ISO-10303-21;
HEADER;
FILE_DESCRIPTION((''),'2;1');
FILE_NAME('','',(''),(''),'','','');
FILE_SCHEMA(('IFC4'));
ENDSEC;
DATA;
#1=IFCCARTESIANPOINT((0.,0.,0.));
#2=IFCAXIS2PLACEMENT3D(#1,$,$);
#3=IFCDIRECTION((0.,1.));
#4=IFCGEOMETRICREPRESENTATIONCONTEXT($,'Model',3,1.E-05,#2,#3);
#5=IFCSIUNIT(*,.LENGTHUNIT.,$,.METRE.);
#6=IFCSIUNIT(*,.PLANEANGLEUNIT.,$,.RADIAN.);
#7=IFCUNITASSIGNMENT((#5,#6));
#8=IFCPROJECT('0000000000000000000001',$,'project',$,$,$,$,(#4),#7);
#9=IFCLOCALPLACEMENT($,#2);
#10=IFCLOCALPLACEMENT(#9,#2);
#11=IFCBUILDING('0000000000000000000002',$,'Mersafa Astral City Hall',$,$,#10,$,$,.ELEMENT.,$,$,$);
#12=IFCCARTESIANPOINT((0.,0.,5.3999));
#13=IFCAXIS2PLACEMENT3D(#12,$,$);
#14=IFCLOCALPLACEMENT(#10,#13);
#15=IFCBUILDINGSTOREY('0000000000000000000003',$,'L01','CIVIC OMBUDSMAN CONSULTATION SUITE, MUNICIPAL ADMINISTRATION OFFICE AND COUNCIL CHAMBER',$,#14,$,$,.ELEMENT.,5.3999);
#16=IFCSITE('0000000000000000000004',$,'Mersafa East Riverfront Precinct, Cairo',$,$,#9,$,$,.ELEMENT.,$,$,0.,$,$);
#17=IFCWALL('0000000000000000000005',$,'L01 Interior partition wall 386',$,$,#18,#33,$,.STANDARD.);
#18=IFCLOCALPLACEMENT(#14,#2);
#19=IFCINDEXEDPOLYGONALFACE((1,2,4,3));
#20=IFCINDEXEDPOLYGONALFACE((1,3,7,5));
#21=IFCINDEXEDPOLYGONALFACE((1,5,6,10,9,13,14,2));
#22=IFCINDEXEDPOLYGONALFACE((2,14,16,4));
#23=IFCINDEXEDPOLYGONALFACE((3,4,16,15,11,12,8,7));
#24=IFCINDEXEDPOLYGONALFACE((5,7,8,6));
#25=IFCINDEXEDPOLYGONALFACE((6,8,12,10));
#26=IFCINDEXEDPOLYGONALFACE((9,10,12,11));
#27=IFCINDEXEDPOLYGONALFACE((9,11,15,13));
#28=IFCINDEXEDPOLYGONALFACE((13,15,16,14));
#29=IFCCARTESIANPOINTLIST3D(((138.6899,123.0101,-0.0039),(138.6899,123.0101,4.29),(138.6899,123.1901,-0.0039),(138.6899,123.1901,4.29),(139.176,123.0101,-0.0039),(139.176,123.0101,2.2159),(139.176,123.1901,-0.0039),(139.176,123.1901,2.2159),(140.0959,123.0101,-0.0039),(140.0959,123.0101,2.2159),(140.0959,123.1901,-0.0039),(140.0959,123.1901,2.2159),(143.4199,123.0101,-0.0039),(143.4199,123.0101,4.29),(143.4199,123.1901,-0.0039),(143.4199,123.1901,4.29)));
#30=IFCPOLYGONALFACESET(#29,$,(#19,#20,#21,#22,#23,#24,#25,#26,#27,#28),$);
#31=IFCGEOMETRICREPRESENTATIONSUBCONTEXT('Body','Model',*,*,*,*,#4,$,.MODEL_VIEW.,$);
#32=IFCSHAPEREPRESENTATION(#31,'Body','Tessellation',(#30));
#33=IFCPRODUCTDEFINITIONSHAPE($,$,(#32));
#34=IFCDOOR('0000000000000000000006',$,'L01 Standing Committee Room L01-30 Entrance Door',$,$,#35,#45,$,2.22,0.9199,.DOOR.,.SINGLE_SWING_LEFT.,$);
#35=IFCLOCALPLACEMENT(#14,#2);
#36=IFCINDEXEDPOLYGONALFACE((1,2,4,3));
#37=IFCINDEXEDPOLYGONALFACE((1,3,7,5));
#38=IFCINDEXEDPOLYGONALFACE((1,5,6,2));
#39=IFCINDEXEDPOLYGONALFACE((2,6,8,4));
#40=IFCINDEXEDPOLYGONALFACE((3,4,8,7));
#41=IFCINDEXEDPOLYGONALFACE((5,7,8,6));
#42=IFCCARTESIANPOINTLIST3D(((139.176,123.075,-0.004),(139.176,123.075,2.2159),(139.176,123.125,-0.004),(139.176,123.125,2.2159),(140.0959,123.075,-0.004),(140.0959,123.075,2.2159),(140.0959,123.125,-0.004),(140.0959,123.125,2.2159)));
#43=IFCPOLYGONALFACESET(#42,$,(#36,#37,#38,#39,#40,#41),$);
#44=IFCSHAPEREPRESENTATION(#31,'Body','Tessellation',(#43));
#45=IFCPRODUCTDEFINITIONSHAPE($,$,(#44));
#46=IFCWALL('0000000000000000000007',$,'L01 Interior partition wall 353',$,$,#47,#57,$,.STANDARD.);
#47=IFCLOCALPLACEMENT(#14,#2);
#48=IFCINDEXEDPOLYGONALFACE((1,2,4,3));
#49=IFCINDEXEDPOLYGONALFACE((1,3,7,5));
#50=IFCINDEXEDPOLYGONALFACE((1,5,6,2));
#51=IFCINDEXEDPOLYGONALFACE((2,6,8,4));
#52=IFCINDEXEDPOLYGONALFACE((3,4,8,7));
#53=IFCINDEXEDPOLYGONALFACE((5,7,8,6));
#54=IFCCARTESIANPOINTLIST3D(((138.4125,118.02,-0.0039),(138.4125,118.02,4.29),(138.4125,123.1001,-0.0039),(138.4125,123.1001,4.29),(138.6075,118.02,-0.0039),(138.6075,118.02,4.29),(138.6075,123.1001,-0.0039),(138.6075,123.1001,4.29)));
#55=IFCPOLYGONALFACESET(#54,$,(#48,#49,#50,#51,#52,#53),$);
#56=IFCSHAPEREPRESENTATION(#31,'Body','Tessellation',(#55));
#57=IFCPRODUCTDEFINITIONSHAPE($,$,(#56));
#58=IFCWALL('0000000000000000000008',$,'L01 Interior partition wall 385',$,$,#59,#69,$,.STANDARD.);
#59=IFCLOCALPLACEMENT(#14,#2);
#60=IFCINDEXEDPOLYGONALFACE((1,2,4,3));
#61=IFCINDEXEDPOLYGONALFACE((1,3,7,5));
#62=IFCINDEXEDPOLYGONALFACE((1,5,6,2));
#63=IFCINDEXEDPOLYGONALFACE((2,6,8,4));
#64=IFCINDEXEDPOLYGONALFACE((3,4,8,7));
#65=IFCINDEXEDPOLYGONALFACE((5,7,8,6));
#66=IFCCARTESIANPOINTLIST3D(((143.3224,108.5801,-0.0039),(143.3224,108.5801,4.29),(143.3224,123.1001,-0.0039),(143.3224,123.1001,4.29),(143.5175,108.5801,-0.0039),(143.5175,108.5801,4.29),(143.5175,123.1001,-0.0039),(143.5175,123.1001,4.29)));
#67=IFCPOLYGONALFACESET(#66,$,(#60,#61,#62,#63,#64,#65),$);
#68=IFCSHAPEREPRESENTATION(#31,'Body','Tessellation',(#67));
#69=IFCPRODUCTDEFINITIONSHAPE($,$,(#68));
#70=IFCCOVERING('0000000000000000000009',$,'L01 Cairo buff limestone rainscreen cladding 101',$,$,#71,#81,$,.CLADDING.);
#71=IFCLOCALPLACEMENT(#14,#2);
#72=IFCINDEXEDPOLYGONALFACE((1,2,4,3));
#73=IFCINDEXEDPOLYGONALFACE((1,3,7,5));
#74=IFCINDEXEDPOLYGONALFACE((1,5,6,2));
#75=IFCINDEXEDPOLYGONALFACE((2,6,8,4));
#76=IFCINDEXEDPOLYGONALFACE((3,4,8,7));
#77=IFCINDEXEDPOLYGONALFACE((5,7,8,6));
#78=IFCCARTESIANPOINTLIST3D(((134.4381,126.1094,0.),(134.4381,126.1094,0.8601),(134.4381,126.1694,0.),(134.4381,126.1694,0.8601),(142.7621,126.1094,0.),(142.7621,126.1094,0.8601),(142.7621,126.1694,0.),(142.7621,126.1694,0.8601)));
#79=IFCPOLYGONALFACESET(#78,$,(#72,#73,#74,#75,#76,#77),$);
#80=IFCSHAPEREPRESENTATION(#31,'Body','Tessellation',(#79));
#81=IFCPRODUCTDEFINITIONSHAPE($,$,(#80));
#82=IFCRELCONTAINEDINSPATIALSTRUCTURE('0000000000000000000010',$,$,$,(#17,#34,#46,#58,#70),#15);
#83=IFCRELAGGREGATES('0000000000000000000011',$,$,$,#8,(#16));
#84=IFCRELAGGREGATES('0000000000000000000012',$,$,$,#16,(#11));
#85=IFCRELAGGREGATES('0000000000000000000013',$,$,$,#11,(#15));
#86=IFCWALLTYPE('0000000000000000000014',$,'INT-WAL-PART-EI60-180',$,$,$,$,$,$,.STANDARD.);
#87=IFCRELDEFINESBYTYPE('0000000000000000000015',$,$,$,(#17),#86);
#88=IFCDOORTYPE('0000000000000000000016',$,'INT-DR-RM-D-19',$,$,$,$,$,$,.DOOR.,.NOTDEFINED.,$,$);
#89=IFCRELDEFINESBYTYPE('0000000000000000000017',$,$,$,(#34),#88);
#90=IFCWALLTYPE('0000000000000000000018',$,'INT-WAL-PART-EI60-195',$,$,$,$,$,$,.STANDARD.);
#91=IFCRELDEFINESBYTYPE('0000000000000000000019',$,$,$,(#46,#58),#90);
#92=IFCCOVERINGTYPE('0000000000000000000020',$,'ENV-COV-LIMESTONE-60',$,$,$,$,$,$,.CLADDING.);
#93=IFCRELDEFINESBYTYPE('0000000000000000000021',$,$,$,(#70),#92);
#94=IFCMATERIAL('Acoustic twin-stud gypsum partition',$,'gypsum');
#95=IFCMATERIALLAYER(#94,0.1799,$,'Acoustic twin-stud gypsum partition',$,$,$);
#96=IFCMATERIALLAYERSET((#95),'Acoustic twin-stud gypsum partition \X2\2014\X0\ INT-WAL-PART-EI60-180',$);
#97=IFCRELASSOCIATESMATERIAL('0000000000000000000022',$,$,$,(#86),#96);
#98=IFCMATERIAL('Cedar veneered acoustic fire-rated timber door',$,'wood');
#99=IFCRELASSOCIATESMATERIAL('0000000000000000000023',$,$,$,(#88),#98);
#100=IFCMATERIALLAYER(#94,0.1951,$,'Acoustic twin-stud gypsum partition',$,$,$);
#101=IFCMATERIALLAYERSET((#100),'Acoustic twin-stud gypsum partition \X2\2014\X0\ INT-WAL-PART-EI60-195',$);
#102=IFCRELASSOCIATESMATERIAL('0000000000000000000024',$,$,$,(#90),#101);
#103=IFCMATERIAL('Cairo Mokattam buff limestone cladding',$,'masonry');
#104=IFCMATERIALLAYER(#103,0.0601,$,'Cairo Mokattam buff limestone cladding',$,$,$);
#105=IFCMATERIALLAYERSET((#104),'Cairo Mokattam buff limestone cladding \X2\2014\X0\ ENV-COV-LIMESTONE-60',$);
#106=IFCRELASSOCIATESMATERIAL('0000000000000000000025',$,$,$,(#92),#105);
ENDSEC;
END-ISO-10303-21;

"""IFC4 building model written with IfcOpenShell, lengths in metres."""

from ifc_helpers import new_model, si_unit, direction, frame, frame_2d, origin, origin_2d, place, context, subcontext, project, spatial, rectangle, extrude, material, layer, layer_set, type_object, element, fill, save


model = new_model("IFC4")

# Units and contexts
model_context = context("Model", 3, precision=1e-05, world=origin(), true_north=direction((0.0, 1.0)))
body_context = subcontext(model_context, "Body", "Model", "MODEL_VIEW")
ifc_project = project(units=[si_unit("LENGTHUNIT", "METRE"), si_unit("PLANEANGLEUNIT", "RADIAN")], contexts=[model_context])

# Site, building, storey
site_placement = place(None, origin())
site = spatial("IfcSite", under=ifc_project, at=site_placement, Name="Mersafa East Riverfront Precinct, Cairo", CompositionType="ELEMENT", RefElevation=0.0)
building_placement = place(site_placement, origin())
building = spatial("IfcBuilding", under=site, at=building_placement, Name="Mersafa Astral City Hall", CompositionType="ELEMENT")
storey_placement = place(building_placement, frame((0.0, 0.0, 5.3999)))
storey = spatial("IfcBuildingStorey", under=building, at=storey_placement, Name="L01", Description="CIVIC OMBUDSMAN CONSULTATION SUITE, MUNICIPAL ADMINISTRATION OFFICE AND COUNCIL CHAMBER", CompositionType="ELEMENT", Elevation=5.3999)

# Wall, opening, door
ifc_material_1 = material(Name="Acoustic twin-stud gypsum partition", Category="gypsum")
ifc_layer_1 = layer(ifc_material_1, 0.1799, Name="Acoustic twin-stud gypsum partition")
ifc_layer_set_1 = layer_set([ifc_layer_1], Name="Acoustic twin-stud gypsum partition — INT-WAL-PART-EI60-180")
wall_type_1 = type_object("IfcWallType", Name="INT-WAL-PART-EI60-180", PredefinedType="STANDARD", material=ifc_layer_set_1)
ifc_material_2 = material(Name="Cedar veneered acoustic fire-rated timber door", Category="wood")
wall_1_placement = place(storey_placement, frame((138.6899, 123.1001, -0.0039), z_axis=(0.0, 0.0, 1.0), x_axis=(1.0, 0.0, 0.0)))
wall_1 = element("IfcWall", 1, at=wall_1_placement, inside=storey, type_object=wall_type_1, Name="L01 Interior partition wall 386", PredefinedType="STANDARD", context=body_context, shape_type="SweptSolid", body=[
    extrude(rectangle(XDim=4.73, YDim=0.1799, at=frame_2d((2.365, 0.0))), origin(), (0.0, 0.0, 1.0), 4.2939),
])
opening_1_placement = place(wall_1_placement, frame((0.4861, 0.0, 0.0)))
opening_1 = element("IfcOpeningElement", 2, at=opening_1_placement, cuts=wall_1, PredefinedType="OPENING", context=body_context, shape_type="SweptSolid", body=[
    extrude(rectangle(XDim=0.9199, YDim=2.22, at=frame_2d((0.46, 1.1099))), frame((0.0, 0.0999, 0.0), z_axis=(0.0, -1.0, 0.0), x_axis=(1.0, 0.0, 0.0)), (0.0, 0.0, 1.0), 0.2),
])
door_type_1 = type_object("IfcDoorType", Name="INT-DR-RM-D-19", OperationType="NOTDEFINED", PredefinedType="DOOR", material=ifc_material_2)
door_1_placement = place(opening_1_placement, origin())
door_1 = element("IfcDoor", 3, at=door_1_placement, inside=storey, type_object=door_type_1, Name="L01 Standing Committee Room L01-30 Entrance Door", OperationType="SINGLE_SWING_LEFT", OverallHeight=2.22, OverallWidth=0.9199, PredefinedType="DOOR", context=body_context, shape_type="SweptSolid", body=[
    extrude(rectangle(XDim=0.9199, YDim=2.22, at=frame_2d((0.46, 1.1099))), frame((0.0, 0.0249, 0.0), z_axis=(0.0, -1.0, 0.0), x_axis=(1.0, 0.0, 0.0)), (0.0, 0.0, 1.0), 0.05),
])
fill(opening_1, door_1)

# Walls
ifc_layer_2 = layer(ifc_material_1, 0.1951, Name="Acoustic twin-stud gypsum partition")
ifc_layer_set_2 = layer_set([ifc_layer_2], Name="Acoustic twin-stud gypsum partition — INT-WAL-PART-EI60-195")
wall_type_2 = type_object("IfcWallType", Name="INT-WAL-PART-EI60-195", PredefinedType="STANDARD", material=ifc_layer_set_2)
wall_2_placement = place(storey_placement, frame((138.51, 123.1001, -0.0039), z_axis=(0.0, 0.0, 1.0), x_axis=(0.0, -1.0, 0.0)))
element("IfcWall", 4, at=wall_2_placement, inside=storey, type_object=wall_type_2, Name="L01 Interior partition wall 353", PredefinedType="STANDARD", context=body_context, shape_type="SweptSolid", body=[
    extrude(rectangle(XDim=5.0801, YDim=0.1951, at=frame_2d((2.54, 0.0))), origin(), (0.0, 0.0, 1.0), 4.2939),
])
wall_3_placement = place(storey_placement, frame((143.4199, 123.1001, -0.0039), z_axis=(0.0, 0.0, 1.0), x_axis=(0.0, -1.0, 0.0)))
element("IfcWall", 5, at=wall_3_placement, inside=storey, type_object=wall_type_2, Name="L01 Interior partition wall 385", PredefinedType="STANDARD", context=body_context, shape_type="SweptSolid", body=[
    extrude(rectangle(XDim=14.52, YDim=0.1951, at=frame_2d((7.26, 0.0))), origin(), (0.0, 0.0, 1.0), 4.2939),
])

# Covering
ifc_material_3 = material(Name="Cairo Mokattam buff limestone cladding", Category="masonry")
ifc_layer_3 = layer(ifc_material_3, 0.0601, Name="Cairo Mokattam buff limestone cladding")
ifc_layer_set_3 = layer_set([ifc_layer_3], Name="Cairo Mokattam buff limestone cladding — ENV-COV-LIMESTONE-60")
covering_type = type_object("IfcCoveringType", Name="ENV-COV-LIMESTONE-60", PredefinedType="CLADDING", material=ifc_layer_set_3)
covering_placement = place(storey_placement, frame((138.6001, 126.1394, 0.0), z_axis=(0.0, 0.0, 1.0), x_axis=(-1.0, 0.0, 0.0)))
element("IfcCovering", 6, at=covering_placement, inside=storey, type_object=covering_type, Name="L01 Cairo buff limestone rainscreen cladding 101", PredefinedType="CLADDING", context=body_context, shape_type="SweptSolid", body=[
    extrude(rectangle(XDim=8.324, YDim=0.0601, at=origin_2d()), origin(), (0.0, 0.0, 1.0), 0.8601),
])

save(model, "model.ifc")
